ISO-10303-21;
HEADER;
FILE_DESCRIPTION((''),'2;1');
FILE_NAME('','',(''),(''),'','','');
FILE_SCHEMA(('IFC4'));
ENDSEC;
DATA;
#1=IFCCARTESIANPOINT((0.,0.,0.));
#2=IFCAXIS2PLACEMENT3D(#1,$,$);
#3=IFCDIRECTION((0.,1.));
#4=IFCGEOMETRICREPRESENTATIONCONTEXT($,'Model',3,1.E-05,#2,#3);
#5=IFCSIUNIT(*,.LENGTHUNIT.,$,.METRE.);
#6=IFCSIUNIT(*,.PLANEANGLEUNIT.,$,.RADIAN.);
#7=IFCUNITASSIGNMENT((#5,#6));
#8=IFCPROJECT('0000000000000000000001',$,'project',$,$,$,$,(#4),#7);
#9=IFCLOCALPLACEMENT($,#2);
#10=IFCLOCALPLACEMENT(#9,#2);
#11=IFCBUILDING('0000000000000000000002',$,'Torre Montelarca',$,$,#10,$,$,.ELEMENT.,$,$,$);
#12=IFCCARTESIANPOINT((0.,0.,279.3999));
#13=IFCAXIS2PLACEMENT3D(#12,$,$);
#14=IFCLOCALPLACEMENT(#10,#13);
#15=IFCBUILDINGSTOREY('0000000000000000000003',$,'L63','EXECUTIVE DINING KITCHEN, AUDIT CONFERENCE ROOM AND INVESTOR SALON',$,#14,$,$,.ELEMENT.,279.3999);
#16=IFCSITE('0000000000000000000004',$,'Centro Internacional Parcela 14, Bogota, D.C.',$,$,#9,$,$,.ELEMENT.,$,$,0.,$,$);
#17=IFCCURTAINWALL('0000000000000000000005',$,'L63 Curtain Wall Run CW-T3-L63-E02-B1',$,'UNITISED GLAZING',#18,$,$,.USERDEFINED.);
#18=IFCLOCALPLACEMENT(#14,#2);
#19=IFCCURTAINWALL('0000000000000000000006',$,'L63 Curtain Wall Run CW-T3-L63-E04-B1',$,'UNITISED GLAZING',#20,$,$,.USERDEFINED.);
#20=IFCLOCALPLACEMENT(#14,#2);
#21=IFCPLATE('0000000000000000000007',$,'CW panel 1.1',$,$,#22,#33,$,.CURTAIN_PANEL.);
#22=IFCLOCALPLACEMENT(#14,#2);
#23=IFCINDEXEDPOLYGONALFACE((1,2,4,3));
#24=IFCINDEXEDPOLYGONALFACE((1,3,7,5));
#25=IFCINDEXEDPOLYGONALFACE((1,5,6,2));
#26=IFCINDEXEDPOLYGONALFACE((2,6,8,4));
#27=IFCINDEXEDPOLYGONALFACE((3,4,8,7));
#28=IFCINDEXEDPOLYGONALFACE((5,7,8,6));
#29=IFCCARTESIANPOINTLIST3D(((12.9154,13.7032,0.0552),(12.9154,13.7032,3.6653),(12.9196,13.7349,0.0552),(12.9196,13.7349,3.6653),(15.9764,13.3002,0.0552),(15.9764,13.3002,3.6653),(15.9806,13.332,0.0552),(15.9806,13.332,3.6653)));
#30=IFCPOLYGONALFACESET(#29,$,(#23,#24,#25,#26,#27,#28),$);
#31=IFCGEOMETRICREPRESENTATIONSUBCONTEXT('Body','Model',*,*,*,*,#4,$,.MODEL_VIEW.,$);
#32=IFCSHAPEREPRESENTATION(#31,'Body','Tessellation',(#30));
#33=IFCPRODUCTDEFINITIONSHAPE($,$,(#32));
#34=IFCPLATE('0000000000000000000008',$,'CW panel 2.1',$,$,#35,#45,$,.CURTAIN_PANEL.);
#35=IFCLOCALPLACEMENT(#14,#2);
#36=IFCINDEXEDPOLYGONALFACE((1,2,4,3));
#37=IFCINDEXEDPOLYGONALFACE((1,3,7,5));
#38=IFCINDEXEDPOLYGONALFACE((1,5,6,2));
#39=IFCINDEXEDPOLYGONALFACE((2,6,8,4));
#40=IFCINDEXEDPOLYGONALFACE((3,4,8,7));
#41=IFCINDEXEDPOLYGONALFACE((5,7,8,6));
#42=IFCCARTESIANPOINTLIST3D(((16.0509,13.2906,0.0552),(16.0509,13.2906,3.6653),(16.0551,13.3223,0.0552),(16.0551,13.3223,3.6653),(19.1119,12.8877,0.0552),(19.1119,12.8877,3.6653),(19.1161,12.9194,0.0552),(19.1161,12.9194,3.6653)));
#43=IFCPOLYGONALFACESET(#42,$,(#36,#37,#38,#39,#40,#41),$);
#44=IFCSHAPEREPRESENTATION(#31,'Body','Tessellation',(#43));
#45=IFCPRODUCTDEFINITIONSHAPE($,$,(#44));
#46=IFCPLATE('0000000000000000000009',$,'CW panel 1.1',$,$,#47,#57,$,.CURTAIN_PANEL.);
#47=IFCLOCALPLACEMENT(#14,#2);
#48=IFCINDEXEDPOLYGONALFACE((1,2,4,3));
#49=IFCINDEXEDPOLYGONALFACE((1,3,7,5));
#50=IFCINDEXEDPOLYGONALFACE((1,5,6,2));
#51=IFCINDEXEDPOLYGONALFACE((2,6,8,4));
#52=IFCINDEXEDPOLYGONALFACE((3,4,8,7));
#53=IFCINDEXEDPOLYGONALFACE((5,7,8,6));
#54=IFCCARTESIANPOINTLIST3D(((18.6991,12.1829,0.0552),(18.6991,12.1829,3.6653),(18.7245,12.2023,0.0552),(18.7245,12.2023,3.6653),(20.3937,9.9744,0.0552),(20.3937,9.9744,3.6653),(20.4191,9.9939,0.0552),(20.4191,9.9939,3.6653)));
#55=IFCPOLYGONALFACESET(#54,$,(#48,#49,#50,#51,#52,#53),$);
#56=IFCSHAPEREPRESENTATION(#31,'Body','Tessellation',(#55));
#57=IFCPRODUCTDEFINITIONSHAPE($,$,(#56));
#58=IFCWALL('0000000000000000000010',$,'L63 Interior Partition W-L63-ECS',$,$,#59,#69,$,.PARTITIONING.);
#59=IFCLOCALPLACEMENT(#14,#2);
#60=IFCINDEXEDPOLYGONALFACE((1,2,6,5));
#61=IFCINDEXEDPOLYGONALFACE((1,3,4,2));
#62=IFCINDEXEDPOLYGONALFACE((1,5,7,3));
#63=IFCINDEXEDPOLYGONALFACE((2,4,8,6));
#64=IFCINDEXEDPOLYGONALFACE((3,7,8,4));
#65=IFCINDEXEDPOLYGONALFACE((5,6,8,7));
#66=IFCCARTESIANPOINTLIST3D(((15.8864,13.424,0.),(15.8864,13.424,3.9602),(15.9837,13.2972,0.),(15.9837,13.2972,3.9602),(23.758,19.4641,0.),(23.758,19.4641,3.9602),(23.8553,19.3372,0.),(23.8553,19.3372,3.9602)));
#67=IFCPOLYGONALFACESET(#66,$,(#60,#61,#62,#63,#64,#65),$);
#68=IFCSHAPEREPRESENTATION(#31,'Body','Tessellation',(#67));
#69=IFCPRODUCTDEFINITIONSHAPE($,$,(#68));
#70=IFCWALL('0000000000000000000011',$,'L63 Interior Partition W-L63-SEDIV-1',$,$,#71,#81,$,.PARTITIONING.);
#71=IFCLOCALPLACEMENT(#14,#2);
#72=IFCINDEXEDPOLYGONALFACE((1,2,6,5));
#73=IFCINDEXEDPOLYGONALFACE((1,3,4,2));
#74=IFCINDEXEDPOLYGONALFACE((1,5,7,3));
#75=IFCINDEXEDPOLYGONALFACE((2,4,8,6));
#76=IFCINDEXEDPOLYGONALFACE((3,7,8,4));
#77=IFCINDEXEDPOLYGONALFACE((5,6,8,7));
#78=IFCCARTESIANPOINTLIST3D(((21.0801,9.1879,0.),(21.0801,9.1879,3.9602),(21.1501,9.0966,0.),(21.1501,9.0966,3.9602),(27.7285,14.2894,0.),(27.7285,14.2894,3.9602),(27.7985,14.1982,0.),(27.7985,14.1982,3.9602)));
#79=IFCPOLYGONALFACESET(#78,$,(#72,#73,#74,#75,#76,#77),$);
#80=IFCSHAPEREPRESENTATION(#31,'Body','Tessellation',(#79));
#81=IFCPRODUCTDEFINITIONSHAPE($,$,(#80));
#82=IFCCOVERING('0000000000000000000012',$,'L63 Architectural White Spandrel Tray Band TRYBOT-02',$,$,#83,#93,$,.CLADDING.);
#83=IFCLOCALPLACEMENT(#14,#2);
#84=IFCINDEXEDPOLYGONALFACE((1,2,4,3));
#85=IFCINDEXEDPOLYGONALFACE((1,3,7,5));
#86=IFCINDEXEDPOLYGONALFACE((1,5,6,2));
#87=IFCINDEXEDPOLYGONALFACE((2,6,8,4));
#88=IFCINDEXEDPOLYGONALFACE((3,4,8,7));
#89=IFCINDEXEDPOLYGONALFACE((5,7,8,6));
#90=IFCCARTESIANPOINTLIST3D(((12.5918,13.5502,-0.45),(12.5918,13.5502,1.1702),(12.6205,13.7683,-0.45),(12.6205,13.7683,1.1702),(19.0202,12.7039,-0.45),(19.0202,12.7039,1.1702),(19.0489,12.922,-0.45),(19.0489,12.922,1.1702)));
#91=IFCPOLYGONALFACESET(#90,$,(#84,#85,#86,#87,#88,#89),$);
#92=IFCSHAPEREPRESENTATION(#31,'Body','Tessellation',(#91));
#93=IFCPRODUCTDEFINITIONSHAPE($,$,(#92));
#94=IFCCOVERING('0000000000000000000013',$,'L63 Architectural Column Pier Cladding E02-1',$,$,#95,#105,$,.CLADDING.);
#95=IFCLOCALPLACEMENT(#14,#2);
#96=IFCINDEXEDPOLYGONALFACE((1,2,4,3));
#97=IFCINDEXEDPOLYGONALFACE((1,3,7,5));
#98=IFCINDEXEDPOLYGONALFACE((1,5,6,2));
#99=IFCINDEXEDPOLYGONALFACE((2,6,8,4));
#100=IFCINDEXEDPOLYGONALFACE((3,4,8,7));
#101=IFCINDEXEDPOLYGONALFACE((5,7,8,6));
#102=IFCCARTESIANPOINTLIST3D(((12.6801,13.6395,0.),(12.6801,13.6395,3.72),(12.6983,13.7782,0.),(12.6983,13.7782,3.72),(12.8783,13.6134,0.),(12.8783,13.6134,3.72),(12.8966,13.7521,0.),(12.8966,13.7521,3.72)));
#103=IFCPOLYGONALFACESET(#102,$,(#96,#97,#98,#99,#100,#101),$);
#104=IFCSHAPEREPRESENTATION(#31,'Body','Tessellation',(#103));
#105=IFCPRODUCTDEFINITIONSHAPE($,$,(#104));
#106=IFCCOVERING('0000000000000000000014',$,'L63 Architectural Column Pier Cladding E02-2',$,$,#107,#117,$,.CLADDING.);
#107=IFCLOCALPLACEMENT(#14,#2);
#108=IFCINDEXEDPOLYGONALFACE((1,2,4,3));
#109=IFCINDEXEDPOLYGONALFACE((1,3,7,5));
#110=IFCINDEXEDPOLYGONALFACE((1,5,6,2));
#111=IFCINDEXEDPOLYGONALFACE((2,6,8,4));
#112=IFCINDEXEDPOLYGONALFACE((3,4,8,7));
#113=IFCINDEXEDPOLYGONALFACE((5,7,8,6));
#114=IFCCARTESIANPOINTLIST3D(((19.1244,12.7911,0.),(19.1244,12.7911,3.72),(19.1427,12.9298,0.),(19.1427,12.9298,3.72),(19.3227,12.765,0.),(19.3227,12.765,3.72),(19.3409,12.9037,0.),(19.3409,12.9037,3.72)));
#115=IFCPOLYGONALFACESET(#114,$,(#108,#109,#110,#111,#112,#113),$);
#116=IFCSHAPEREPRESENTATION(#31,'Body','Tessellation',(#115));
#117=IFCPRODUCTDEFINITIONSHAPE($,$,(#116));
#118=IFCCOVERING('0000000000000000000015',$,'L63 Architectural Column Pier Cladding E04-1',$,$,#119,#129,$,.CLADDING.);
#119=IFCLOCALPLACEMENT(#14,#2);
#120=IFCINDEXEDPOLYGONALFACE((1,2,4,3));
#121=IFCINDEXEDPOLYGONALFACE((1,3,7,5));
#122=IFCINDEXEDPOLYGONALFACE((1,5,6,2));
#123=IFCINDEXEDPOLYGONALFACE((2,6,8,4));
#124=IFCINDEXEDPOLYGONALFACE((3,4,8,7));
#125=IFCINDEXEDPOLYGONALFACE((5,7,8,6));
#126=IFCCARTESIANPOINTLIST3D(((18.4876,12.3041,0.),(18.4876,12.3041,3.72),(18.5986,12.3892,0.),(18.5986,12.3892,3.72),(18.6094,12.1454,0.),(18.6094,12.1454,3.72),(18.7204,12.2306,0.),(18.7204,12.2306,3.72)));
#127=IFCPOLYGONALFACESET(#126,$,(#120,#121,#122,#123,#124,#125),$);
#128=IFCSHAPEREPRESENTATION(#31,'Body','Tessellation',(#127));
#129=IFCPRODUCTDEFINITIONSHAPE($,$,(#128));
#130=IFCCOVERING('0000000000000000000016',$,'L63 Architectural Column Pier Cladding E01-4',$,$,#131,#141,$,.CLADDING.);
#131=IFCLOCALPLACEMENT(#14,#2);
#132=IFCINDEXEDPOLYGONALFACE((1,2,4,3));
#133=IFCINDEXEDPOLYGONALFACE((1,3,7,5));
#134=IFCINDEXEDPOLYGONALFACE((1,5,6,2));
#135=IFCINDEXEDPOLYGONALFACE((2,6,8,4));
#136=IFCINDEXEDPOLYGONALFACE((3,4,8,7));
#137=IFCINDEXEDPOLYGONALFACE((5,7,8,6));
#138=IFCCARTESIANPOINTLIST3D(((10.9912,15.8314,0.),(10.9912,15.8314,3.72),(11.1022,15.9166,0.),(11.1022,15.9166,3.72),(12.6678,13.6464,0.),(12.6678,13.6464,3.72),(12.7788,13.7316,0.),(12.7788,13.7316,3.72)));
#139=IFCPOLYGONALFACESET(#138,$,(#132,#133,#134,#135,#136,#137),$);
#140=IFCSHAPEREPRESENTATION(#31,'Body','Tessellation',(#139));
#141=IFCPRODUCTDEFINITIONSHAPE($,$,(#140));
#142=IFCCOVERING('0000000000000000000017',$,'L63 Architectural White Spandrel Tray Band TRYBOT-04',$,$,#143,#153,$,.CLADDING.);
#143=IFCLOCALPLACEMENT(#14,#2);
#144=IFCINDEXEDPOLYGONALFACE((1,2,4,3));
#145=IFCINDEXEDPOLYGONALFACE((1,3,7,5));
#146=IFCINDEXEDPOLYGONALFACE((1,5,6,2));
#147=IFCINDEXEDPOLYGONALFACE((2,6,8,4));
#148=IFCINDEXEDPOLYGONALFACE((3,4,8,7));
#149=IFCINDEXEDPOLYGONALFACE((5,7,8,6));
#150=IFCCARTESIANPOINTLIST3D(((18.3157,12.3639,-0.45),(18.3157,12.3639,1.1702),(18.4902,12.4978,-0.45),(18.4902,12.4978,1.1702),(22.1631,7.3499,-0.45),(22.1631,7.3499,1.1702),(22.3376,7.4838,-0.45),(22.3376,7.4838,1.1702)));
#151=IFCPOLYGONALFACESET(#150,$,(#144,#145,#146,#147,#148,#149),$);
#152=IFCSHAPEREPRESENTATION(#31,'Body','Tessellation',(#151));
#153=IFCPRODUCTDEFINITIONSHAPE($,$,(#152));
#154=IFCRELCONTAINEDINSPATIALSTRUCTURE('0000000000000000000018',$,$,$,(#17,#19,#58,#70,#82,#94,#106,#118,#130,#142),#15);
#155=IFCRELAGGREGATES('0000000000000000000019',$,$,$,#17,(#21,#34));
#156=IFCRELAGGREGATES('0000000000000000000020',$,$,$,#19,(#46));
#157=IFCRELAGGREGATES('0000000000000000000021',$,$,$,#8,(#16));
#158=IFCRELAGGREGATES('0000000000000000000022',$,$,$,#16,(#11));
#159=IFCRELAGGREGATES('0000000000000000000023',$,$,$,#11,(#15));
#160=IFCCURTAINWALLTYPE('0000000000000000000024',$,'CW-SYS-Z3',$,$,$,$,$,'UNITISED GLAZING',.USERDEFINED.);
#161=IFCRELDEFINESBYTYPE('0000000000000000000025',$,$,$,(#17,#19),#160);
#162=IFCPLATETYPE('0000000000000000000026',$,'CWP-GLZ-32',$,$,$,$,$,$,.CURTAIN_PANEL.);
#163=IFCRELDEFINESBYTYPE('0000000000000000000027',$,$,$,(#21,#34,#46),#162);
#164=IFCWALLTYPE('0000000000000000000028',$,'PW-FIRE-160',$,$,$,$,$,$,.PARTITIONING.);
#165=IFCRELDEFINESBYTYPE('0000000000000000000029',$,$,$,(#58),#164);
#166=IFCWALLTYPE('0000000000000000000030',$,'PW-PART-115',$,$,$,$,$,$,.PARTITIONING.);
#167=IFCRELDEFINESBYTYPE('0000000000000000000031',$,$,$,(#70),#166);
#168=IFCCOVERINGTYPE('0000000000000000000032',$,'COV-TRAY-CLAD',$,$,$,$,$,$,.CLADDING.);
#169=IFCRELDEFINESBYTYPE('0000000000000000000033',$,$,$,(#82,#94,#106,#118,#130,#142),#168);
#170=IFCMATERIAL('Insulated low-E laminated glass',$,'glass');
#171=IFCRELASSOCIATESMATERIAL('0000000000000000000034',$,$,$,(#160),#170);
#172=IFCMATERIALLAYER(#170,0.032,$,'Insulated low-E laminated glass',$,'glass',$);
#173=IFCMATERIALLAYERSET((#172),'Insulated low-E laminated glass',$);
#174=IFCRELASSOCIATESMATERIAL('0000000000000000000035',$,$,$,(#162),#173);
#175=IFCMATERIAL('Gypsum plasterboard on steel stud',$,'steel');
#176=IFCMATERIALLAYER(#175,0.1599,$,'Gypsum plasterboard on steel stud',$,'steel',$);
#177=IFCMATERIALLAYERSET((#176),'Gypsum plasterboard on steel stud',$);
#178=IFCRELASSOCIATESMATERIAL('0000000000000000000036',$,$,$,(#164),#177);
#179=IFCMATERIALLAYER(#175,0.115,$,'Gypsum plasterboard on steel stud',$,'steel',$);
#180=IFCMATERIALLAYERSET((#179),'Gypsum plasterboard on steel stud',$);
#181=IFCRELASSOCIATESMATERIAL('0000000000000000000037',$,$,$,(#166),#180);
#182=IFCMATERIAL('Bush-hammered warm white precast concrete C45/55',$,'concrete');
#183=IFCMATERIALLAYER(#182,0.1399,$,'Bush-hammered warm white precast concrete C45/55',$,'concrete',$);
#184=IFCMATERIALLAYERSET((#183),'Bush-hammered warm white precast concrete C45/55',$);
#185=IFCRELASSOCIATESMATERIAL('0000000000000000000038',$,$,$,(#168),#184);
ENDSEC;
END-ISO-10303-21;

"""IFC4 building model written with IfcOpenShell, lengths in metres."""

from ifc_helpers import new_model, si_unit, direction, frame, frame_2d, origin, origin_2d, place, context, subcontext, project, spatial, rectangle, extrude, source, transform, mapped, material, layer, layer_set, type_object, element, aggregate, save


model = new_model("IFC4")

# Units and contexts
model_context = context("Model", 3, precision=1e-05, world=origin(), true_north=direction((0.0, 1.0)))
body_context = subcontext(model_context, "Body", "Model", "MODEL_VIEW")
ifc_project = project(units=[si_unit("LENGTHUNIT", "METRE"), si_unit("PLANEANGLEUNIT", "RADIAN")], contexts=[model_context])

# Site, building, storey
site_placement = place(None, origin())
site = spatial("IfcSite", under=ifc_project, at=site_placement, Name="Centro Internacional Parcela 14, Bogota, D.C.", CompositionType="ELEMENT", RefElevation=0.0)
building_placement = place(site_placement, origin())
building = spatial("IfcBuilding", under=site, at=building_placement, Name="Torre Montelarca", CompositionType="ELEMENT")
storey_placement = place(building_placement, frame((0.0, 0.0, 279.3999)))
storey = spatial("IfcBuildingStorey", under=building, at=storey_placement, Name="L63", Description="EXECUTIVE DINING KITCHEN, AUDIT CONFERENCE ROOM AND INVESTOR SALON", CompositionType="ELEMENT", Elevation=279.3999)

# Curtain walls
ifc_material_1 = material(Name="Insulated low-E laminated glass", Category="glass")
curtain_wall_type = type_object("IfcCurtainWallType", Name="CW-SYS-Z3", ElementType="UNITISED GLAZING", PredefinedType="USERDEFINED", material=ifc_material_1)
curtain_wall_1_placement = place(storey_placement, origin())
curtain_wall_1 = element("IfcCurtainWall", 1, at=curtain_wall_1_placement, inside=storey, type_object=curtain_wall_type, Name="L63 Curtain Wall Run CW-T3-L63-E02-B1", ObjectType="UNITISED GLAZING", PredefinedType="USERDEFINED")
curtain_wall_2_placement = place(storey_placement, origin())
curtain_wall_2 = element("IfcCurtainWall", 2, at=curtain_wall_2_placement, inside=storey, type_object=curtain_wall_type, Name="L63 Curtain Wall Run CW-T3-L63-E04-B1", ObjectType="UNITISED GLAZING", PredefinedType="USERDEFINED")

# Plates
ifc_layer_1 = layer(ifc_material_1, 0.032, Name="Insulated low-E laminated glass", Category="glass")
ifc_layer_set_1 = layer_set([ifc_layer_1], Name="Insulated low-E laminated glass")
plate_type = type_object("IfcPlateType", Name="CWP-GLZ-32", PredefinedType="CURTAIN_PANEL", material=ifc_layer_set_1)
shared_shape_1 = source(origin(), body_context, "Body", "SweptSolid", [
    extrude(rectangle(XDim=3.0874, YDim=0.032, at=origin_2d()), origin(), (0.0, 0.0, 1.0), 3.6101),
])
plate_1_placement = place(storey_placement, frame((14.448, 13.5176, 0.0552), z_axis=(0.0, 0.0, 1.0), x_axis=(0.991446, -0.130515, 0.0)))
plate_1 = element("IfcPlate", 3, at=plate_1_placement, type_object=plate_type, Name="CW panel 1.1", PredefinedType="CURTAIN_PANEL", context=body_context, shape_type="MappedRepresentation", body=[
    mapped(shared_shape_1, transform((0.0, 0.0, 0.0), scale=1.0)),
])
plate_2_placement = place(storey_placement, frame((17.5835, 13.105, 0.0552), z_axis=(0.0, 0.0, 1.0), x_axis=(0.991446, -0.130515, 0.0)))
plate_2 = element("IfcPlate", 4, at=plate_2_placement, type_object=plate_type, Name="CW panel 2.1", PredefinedType="CURTAIN_PANEL", context=body_context, shape_type="MappedRepresentation", body=[
    mapped(shared_shape_1, transform((0.0, 0.0, 0.0), scale=1.0)),
])
aggregate(curtain_wall_1, [plate_1, plate_2])
shared_shape_2 = source(origin(), body_context, "Body", "SweptSolid", [
    extrude(rectangle(XDim=2.7837, YDim=0.032, at=origin_2d()), origin(), (0.0, 0.0, 1.0), 3.6101),
])
plate_3_placement = place(storey_placement, frame((19.5591, 11.0884, 0.0552), z_axis=(0.0, 0.0, 1.0), x_axis=(0.608762, -0.793353, 0.0)))
plate_3 = element("IfcPlate", 5, at=plate_3_placement, type_object=plate_type, Name="CW panel 1.1", PredefinedType="CURTAIN_PANEL", context=body_context, shape_type="MappedRepresentation", body=[
    mapped(shared_shape_2, transform((0.0, 0.0, 0.0), scale=1.0)),
])
aggregate(curtain_wall_2, [plate_3])

# Walls
ifc_material_2 = material(Name="Gypsum plasterboard on steel stud", Category="steel")
ifc_layer_2 = layer(ifc_material_2, 0.1599, Name="Gypsum plasterboard on steel stud", Category="steel")
ifc_layer_set_2 = layer_set([ifc_layer_2], Name="Gypsum plasterboard on steel stud")
wall_type_1 = type_object("IfcWallType", Name="PW-FIRE-160", PredefinedType="PARTITIONING", material=ifc_layer_set_2)
wall_1_placement = place(storey_placement, frame((15.9351, 13.3606, 0.0), z_axis=(0.0, 0.0, 1.0), x_axis=(0.793355, 0.608759, 0.0)))
element("IfcWall", 6, at=wall_1_placement, inside=storey, type_object=wall_type_1, Name="L63 Interior Partition W-L63-ECS", PredefinedType="PARTITIONING", context=body_context, shape_type="SweptSolid", body=[
    extrude(rectangle(XDim=9.9219, YDim=0.1599, at=frame_2d((4.9609, 0.0))), origin(), (0.0, 0.0, 1.0), 3.9602),
])
ifc_layer_3 = layer(ifc_material_2, 0.115, Name="Gypsum plasterboard on steel stud", Category="steel")
ifc_layer_set_3 = layer_set([ifc_layer_3], Name="Gypsum plasterboard on steel stud")
wall_type_2 = type_object("IfcWallType", Name="PW-PART-115", PredefinedType="PARTITIONING", material=ifc_layer_set_3)
wall_2_placement = place(storey_placement, frame((21.1152, 9.1423, 0.0), z_axis=(0.0, 0.0, 1.0), x_axis=(0.793351, 0.608764, 0.0)))
element("IfcWall", 7, at=wall_2_placement, inside=storey, type_object=wall_type_2, Name="L63 Interior Partition W-L63-SEDIV-1", PredefinedType="PARTITIONING", context=body_context, shape_type="SweptSolid", body=[
    extrude(rectangle(XDim=8.3801, YDim=0.115, at=frame_2d((4.1899, 0.0))), origin(), (0.0, 0.0, 1.0), 3.9602),
])

# Coverings
ifc_material_3 = material(Name="Bush-hammered warm white precast concrete C45/55", Category="concrete")
ifc_layer_4 = layer(ifc_material_3, 0.1399, Name="Bush-hammered warm white precast concrete C45/55", Category="concrete")
ifc_layer_set_4 = layer_set([ifc_layer_4], Name="Bush-hammered warm white precast concrete C45/55")
covering_type = type_object("IfcCoveringType", Name="COV-TRAY-CLAD", PredefinedType="CLADDING", material=ifc_layer_set_4)
shared_shape_3 = source(origin(), body_context, "Body", "SweptSolid", [
    extrude(rectangle(XDim=6.4839, YDim=0.22, at=origin_2d()), origin(), (0.0, 0.0, 1.0), 1.6201),
])
covering_1_placement = place(storey_placement, frame((15.8203, 13.2361, -0.45), z_axis=(0.0, 0.0, 1.0), x_axis=(0.991444, -0.130531, 0.0)))
element("IfcCovering", 8, at=covering_1_placement, inside=storey, type_object=covering_type, Name="L63 Architectural White Spandrel Tray Band TRYBOT-02", PredefinedType="CLADDING", context=body_context, shape_type="MappedRepresentation", body=[
    mapped(shared_shape_3, transform((0.0, 0.0, 0.0), scale=1.0)),
])
shared_shape_4 = source(origin(), body_context, "Body", "SweptSolid", [
    extrude(rectangle(XDim=0.2, YDim=0.1399, at=origin_2d()), origin(), (0.0, 0.0, 1.0), 3.72),
])
for number, where, z_axis, x_axis, name in (
    (9, (12.7883, 13.6958, 0.0), (0.0, 0.0, 1.0), (0.991444, -0.130531, 0.0), "L63 Architectural Column Pier Cladding E02-1"),
    (10, (19.2327, 12.8474, 0.0), (0.0, 0.0, 1.0), (0.991444, -0.130531, 0.0), "L63 Architectural Column Pier Cladding E02-2"),
    (11, (18.604, 12.2673, 0.0), (0.0, 0.0, 1.0), (0.608773, -0.793345, 0.0), "L63 Architectural Column Pier Cladding E04-1"),
):
    element("IfcCovering", number, at=place(storey_placement, frame(where, z_axis=z_axis, x_axis=x_axis)), inside=storey, type_object=covering_type, Name=name, PredefinedType="CLADDING", context=body_context, shape_type="MappedRepresentation", body=[
        mapped(shared_shape_4, transform((0.0, 0.0, 0.0), scale=1.0)),
    ])
shared_shape_5 = source(origin(), body_context, "Body", "SweptSolid", [
    extrude(rectangle(XDim=2.7542, YDim=0.1399, at=origin_2d()), origin(), (0.0, 0.0, 1.0), 3.72),
])
covering_2_placement = place(storey_placement, frame((11.885, 14.7815, 0.0), z_axis=(0.0, 0.0, 1.0), x_axis=(0.608766, -0.79335, 0.0)))
element("IfcCovering", 12, at=covering_2_placement, inside=storey, type_object=covering_type, Name="L63 Architectural Column Pier Cladding E01-4", PredefinedType="CLADDING", context=body_context, shape_type="MappedRepresentation", body=[
    mapped(shared_shape_5, transform((0.0, 0.0, 0.0), scale=1.0)),
])
shared_shape_6 = source(origin(), body_context, "Body", "SweptSolid", [
    extrude(rectangle(XDim=6.3201, YDim=0.22, at=origin_2d()), origin(), (0.0, 0.0, 1.0), 1.6201),
])
covering_3_placement = place(storey_placement, frame((20.3267, 9.9238, -0.45), z_axis=(0.0, 0.0, 1.0), x_axis=(0.608768, -0.793348, 0.0)))
element("IfcCovering", 13, at=covering_3_placement, inside=storey, type_object=covering_type, Name="L63 Architectural White Spandrel Tray Band TRYBOT-04", PredefinedType="CLADDING", context=body_context, shape_type="MappedRepresentation", body=[
    mapped(shared_shape_6, transform((0.0, 0.0, 0.0), scale=1.0)),
])

save(model, "model.ifc")
